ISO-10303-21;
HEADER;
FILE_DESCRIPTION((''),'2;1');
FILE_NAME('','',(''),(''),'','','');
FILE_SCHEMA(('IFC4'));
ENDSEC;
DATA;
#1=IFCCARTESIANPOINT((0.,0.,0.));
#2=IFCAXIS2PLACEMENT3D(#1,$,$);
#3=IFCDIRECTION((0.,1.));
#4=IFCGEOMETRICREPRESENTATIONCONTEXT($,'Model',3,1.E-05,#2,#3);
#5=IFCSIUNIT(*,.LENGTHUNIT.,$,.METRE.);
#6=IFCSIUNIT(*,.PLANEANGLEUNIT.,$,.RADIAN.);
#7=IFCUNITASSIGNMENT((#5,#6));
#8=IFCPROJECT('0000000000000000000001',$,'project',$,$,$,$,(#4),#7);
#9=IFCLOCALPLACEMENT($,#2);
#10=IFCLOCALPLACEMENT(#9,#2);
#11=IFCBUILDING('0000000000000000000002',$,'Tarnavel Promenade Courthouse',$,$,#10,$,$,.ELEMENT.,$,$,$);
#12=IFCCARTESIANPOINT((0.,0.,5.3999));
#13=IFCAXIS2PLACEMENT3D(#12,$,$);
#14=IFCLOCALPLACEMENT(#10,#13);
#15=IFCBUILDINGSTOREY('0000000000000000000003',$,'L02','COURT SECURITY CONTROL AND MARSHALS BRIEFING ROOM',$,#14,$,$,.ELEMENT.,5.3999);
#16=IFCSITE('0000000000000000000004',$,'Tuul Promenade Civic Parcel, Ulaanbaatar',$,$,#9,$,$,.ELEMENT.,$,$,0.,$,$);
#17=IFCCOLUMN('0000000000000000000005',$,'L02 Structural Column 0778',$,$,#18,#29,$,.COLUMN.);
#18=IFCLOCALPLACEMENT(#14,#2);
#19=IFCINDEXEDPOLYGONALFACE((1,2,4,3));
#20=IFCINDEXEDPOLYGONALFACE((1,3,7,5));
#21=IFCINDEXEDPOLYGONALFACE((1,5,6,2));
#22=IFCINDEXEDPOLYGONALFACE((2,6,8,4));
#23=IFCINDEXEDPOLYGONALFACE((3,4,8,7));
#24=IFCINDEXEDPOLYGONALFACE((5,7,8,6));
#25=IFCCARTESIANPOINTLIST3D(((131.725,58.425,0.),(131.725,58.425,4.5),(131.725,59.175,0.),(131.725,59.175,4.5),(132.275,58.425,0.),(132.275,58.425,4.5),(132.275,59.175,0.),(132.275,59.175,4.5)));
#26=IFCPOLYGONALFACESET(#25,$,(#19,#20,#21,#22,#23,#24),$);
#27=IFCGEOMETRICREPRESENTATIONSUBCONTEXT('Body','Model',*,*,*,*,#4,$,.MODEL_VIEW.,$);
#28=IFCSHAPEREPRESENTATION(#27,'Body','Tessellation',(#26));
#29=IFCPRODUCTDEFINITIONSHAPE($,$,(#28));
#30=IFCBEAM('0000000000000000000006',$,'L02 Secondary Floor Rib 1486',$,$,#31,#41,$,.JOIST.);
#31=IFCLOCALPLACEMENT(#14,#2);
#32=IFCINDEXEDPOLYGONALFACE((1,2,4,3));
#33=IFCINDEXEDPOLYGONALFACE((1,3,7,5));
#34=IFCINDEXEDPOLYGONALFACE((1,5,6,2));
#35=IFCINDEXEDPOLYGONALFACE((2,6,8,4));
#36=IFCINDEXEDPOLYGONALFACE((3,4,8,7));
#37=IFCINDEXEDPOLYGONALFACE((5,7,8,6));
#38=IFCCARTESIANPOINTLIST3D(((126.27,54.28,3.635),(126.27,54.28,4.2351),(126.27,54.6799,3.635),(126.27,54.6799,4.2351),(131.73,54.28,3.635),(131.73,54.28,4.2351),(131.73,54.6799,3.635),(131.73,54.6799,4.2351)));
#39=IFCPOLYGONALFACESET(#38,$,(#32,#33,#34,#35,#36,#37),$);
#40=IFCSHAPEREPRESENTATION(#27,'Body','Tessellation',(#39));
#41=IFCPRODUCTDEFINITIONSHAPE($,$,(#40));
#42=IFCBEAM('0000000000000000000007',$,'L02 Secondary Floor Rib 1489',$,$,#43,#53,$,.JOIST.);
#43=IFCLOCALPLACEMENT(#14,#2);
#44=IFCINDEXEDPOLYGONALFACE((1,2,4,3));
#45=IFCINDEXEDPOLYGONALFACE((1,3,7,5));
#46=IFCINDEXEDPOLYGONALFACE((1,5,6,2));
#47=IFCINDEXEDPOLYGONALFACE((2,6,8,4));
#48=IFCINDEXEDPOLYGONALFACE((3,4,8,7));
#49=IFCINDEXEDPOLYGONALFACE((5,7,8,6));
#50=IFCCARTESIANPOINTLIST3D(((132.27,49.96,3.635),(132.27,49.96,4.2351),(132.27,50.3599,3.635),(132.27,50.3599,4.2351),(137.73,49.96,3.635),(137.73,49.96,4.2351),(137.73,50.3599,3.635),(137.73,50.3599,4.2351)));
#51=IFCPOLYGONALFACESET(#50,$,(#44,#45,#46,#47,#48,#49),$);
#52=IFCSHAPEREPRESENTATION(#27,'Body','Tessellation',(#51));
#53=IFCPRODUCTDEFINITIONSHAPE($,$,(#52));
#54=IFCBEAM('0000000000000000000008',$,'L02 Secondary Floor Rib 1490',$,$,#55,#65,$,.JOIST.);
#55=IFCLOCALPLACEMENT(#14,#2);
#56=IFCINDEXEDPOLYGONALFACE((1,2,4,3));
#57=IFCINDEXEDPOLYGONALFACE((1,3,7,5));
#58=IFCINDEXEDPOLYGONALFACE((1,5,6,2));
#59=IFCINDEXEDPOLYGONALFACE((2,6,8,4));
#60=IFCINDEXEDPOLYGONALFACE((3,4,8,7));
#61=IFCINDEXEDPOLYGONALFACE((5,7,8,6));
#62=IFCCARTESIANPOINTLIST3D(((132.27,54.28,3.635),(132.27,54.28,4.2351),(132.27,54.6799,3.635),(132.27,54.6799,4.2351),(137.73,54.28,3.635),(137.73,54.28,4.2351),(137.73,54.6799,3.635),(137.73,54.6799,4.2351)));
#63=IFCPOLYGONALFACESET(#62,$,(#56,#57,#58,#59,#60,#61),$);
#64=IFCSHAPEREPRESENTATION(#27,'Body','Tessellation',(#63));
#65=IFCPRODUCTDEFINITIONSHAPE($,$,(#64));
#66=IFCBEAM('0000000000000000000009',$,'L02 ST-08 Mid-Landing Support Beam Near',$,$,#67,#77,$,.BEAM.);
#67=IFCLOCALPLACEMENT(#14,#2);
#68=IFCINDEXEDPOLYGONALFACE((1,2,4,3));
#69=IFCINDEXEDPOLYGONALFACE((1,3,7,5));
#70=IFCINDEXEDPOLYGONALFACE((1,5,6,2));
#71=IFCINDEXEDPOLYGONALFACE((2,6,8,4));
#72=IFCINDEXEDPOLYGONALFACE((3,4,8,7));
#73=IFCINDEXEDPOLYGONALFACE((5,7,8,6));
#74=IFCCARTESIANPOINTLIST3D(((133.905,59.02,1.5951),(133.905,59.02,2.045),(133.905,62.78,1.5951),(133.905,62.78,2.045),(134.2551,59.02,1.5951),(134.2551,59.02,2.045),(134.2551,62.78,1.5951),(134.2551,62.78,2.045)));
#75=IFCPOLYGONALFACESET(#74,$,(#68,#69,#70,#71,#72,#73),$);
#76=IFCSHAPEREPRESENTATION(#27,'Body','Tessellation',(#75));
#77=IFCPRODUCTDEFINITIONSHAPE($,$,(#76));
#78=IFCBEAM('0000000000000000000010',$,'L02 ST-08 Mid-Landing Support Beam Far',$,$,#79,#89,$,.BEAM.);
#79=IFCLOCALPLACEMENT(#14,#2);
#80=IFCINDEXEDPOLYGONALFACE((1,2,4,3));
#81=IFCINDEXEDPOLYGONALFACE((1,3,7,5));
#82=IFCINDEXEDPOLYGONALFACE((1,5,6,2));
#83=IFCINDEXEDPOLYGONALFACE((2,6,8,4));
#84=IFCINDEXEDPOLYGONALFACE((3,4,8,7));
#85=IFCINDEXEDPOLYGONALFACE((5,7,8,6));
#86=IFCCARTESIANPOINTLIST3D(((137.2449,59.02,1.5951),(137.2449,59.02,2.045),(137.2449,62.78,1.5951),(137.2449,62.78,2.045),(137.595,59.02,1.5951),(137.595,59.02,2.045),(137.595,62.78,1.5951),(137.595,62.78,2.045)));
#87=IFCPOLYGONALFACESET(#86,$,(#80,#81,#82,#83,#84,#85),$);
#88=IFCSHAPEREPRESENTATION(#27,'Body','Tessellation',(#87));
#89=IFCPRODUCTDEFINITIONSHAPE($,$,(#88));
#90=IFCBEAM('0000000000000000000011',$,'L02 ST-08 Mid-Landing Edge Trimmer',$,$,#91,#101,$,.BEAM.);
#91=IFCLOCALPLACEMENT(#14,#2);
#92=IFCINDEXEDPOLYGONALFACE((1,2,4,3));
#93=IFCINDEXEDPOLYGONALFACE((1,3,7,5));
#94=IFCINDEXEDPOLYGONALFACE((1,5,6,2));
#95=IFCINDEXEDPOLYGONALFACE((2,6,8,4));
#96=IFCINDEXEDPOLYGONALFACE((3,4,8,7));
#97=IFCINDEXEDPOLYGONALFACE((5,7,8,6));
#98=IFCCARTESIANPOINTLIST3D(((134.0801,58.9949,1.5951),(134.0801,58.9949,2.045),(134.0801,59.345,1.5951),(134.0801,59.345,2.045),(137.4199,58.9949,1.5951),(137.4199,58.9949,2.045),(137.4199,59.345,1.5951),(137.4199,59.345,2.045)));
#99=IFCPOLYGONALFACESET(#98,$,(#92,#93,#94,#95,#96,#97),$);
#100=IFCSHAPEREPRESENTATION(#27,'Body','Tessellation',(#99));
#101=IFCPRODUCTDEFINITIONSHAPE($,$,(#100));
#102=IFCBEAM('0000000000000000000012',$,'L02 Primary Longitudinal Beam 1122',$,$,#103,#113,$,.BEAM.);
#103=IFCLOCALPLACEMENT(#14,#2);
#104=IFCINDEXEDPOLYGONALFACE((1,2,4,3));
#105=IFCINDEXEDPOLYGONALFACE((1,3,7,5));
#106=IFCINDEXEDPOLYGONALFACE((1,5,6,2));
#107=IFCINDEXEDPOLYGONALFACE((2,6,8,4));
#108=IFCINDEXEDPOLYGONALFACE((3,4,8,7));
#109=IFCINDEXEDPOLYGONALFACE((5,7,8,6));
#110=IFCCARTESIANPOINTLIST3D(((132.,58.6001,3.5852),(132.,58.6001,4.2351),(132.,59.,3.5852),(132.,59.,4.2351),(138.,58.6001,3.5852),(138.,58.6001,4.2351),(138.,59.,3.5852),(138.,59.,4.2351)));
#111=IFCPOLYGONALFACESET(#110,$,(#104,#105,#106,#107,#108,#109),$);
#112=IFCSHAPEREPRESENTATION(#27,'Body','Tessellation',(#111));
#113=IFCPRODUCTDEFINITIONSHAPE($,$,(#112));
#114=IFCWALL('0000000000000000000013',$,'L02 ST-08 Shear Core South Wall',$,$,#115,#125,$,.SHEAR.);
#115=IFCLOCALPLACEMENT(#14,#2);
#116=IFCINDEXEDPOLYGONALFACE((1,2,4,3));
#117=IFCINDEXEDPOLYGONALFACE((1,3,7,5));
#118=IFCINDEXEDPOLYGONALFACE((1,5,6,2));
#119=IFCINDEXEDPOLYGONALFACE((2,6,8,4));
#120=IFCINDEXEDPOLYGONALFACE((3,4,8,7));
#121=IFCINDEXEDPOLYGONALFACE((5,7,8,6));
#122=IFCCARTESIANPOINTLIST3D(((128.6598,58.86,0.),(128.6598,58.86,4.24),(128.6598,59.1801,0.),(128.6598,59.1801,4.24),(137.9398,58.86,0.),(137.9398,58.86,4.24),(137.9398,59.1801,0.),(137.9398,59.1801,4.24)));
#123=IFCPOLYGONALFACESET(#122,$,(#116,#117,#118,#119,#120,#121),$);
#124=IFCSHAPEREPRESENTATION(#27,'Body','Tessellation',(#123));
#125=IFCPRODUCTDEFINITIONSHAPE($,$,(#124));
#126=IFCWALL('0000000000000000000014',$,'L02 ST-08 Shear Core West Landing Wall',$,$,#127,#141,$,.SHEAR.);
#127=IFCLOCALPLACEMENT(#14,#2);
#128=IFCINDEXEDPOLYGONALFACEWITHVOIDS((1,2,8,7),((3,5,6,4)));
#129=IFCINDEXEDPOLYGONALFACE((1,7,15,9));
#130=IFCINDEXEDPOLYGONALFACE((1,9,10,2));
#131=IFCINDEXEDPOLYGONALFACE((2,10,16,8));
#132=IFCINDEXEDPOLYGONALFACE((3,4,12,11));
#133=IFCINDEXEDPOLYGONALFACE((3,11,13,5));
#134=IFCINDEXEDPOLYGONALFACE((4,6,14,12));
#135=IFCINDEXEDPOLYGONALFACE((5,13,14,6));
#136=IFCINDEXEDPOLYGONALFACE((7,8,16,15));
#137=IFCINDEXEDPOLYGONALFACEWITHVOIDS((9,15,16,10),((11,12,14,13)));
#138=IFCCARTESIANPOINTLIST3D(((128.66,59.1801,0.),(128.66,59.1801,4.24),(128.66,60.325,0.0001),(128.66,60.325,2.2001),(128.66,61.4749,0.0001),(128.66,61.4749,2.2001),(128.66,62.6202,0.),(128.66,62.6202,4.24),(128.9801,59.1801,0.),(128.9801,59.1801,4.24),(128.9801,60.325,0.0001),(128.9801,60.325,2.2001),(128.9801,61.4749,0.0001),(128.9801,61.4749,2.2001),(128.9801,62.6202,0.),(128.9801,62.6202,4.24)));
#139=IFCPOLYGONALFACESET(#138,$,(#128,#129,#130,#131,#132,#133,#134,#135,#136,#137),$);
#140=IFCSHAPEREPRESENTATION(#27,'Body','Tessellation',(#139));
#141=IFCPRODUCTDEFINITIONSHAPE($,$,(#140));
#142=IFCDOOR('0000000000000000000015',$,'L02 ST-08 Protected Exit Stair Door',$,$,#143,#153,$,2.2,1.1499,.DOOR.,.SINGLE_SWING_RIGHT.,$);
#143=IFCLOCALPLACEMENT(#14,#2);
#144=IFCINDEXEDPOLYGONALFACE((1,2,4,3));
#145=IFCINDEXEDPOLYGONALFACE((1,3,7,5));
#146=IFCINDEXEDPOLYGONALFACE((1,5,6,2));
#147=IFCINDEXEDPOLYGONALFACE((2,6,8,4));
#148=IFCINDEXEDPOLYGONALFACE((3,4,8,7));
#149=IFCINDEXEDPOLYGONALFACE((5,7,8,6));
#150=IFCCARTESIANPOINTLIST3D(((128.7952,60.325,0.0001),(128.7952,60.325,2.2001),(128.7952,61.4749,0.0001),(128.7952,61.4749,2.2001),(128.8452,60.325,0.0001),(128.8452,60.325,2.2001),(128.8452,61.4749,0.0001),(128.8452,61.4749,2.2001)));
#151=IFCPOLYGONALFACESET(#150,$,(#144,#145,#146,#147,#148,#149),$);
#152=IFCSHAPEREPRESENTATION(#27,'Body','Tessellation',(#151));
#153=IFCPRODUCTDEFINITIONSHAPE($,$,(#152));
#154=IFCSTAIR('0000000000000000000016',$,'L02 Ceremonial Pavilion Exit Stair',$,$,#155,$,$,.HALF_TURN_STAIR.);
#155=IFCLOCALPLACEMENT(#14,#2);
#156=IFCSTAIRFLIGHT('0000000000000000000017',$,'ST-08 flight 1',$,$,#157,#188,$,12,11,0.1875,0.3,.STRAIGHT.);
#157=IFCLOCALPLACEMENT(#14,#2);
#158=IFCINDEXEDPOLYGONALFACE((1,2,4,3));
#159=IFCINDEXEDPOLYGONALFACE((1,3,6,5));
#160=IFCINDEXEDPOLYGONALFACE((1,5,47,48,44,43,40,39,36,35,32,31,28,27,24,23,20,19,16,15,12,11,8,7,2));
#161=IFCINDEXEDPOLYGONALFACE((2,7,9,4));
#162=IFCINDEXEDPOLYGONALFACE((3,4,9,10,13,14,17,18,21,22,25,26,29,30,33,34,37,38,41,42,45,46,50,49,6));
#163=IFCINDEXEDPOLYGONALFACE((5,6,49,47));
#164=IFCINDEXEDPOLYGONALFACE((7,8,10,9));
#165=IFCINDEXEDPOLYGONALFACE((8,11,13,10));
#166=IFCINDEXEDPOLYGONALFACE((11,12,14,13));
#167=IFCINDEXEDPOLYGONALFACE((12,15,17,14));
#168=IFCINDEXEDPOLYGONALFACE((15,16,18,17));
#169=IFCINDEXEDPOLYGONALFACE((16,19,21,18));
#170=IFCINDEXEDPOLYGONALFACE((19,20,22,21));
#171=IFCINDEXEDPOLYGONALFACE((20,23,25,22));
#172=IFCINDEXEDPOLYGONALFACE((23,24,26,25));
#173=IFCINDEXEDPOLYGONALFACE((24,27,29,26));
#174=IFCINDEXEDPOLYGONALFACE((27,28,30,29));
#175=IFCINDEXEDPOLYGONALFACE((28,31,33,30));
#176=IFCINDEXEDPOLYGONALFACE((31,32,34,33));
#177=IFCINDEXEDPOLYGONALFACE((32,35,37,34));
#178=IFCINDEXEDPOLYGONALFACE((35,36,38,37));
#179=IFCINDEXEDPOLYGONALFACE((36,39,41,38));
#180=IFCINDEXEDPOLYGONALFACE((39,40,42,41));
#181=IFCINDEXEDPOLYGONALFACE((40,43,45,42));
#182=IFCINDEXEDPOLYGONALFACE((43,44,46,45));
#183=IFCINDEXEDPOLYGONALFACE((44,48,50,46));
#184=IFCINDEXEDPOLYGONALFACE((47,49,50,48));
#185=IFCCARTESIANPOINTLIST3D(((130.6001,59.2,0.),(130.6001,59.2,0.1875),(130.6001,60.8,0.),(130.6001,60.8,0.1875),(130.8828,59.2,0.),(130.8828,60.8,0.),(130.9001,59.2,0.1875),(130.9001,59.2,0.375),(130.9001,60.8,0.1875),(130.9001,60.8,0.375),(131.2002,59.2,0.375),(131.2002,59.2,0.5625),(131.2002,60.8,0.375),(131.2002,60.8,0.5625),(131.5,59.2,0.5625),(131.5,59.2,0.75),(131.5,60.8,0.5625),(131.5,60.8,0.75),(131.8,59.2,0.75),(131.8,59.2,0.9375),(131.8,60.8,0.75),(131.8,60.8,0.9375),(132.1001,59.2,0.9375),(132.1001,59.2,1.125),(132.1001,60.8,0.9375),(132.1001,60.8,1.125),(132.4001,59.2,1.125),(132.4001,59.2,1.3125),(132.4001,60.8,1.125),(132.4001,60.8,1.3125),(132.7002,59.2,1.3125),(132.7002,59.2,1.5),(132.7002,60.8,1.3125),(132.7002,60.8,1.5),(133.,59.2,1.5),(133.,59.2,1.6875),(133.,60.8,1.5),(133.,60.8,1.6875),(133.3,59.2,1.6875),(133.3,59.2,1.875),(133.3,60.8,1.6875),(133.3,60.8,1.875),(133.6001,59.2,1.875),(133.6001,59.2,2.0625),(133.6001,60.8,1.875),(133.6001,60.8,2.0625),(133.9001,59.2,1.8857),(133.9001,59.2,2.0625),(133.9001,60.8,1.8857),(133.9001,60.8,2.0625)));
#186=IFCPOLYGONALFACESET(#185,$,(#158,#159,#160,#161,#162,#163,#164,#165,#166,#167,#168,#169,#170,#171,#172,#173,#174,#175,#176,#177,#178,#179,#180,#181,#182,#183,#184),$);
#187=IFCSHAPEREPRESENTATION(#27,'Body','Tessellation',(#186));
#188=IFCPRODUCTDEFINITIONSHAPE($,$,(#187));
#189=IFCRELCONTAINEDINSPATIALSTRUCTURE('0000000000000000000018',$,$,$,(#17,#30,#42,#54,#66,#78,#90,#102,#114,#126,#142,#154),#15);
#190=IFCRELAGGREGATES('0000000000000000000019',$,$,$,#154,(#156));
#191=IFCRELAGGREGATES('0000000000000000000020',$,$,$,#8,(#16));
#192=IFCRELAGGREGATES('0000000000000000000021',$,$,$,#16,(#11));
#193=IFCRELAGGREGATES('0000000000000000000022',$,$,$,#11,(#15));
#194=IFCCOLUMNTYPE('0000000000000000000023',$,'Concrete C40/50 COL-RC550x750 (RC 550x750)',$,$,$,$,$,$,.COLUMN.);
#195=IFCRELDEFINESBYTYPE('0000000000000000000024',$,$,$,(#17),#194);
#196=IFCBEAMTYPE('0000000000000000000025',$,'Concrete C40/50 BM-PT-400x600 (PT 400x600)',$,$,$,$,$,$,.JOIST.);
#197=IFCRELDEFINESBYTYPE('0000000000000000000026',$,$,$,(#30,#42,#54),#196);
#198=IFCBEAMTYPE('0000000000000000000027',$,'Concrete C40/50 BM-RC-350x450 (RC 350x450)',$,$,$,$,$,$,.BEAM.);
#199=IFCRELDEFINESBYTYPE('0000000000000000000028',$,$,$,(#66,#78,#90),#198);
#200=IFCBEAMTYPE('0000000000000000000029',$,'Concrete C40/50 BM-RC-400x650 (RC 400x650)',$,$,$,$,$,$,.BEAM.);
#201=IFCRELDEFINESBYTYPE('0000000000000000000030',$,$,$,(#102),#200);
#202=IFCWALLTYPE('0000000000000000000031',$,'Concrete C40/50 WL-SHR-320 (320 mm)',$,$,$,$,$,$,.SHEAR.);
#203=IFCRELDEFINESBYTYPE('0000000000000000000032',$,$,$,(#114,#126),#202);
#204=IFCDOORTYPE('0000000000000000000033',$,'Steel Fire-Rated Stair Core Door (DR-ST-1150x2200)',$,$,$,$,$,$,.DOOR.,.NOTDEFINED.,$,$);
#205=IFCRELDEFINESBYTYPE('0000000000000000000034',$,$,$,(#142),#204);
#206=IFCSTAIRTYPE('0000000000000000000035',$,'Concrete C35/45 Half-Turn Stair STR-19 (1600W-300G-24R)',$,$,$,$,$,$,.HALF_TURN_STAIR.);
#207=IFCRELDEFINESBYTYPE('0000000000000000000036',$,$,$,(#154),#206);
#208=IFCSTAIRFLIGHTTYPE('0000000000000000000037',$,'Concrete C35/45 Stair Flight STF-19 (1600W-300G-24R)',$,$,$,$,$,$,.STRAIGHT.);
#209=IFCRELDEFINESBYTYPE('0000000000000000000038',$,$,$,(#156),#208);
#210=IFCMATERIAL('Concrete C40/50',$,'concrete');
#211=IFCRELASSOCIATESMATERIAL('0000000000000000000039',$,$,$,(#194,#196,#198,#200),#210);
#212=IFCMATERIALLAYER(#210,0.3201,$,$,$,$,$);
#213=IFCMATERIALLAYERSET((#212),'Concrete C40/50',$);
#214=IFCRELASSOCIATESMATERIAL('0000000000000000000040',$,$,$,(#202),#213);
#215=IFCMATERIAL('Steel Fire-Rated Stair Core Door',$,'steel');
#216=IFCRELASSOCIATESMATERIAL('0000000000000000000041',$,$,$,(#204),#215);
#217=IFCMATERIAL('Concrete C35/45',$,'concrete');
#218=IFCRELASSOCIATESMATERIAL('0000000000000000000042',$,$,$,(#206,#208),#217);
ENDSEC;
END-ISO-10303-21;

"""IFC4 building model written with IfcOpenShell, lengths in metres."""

from ifc_helpers import new_model, si_unit, direction, frame, frame_2d, origin, origin_2d, place, context, subcontext, project, spatial, polyline, rectangle, outline, extrude, material, layer, layer_set, material_profile, profile_set, type_object, element, fill, aggregate, save


model = new_model("IFC4")

# Units and contexts
model_context = context("Model", 3, precision=1e-05, world=origin(), true_north=direction((0.0, 1.0)))
body_context = subcontext(model_context, "Body", "Model", "MODEL_VIEW")
ifc_project = project(units=[si_unit("LENGTHUNIT", "METRE"), si_unit("PLANEANGLEUNIT", "RADIAN")], contexts=[model_context])

# Site, building, storey
site_placement = place(None, origin())
site = spatial("IfcSite", under=ifc_project, at=site_placement, Name="Tuul Promenade Civic Parcel, Ulaanbaatar", CompositionType="ELEMENT", RefElevation=0.0)
building_placement = place(site_placement, origin())
building = spatial("IfcBuilding", under=site, at=building_placement, Name="Tarnavel Promenade Courthouse", CompositionType="ELEMENT")
storey_placement = place(building_placement, frame((0.0, 0.0, 5.3999)))
storey = spatial("IfcBuildingStorey", under=building, at=storey_placement, Name="L02", Description="COURT SECURITY CONTROL AND MARSHALS BRIEFING ROOM", CompositionType="ELEMENT", Elevation=5.3999)

# Column
ifc_material_1 = material(Name="Concrete C40/50", Category="concrete")
ifc_material_profile_1 = material_profile(ifc_material_1, rectangle(XDim=0.55, YDim=0.75, at=origin_2d()), Name="RC 550x750")
ifc_profile_set_1 = profile_set([ifc_material_profile_1], Name="Concrete C40/50")
column_type = type_object("IfcColumnType", Name="Concrete C40/50 COL-RC550x750 (RC 550x750)", PredefinedType="COLUMN", material=ifc_profile_set_1)
column_placement = place(storey_placement, frame((132.0, 58.8, 0.0), z_axis=(0.0, 0.0, 1.0), x_axis=(1.0, 0.0, 0.0)))
element("IfcColumn", 1, at=column_placement, inside=storey, type_object=column_type, Name="L02 Structural Column 0778", PredefinedType="COLUMN", context=body_context, shape_type="SweptSolid", body=[
    extrude(rectangle(XDim=0.55, YDim=0.75, at=origin_2d()), origin(), (0.0, 0.0, 1.0), 4.5),
])

# Beams
ifc_material_profile_2 = material_profile(ifc_material_1, rectangle(XDim=0.3999, YDim=0.6001, at=origin_2d()), Name="PT 400x600")
ifc_profile_set_2 = profile_set([ifc_material_profile_2], Name="Concrete C40/50")
beam_type_1 = type_object("IfcBeamType", Name="Concrete C40/50 BM-PT-400x600 (PT 400x600)", PredefinedType="JOIST", material=ifc_profile_set_2)
for number, where, z_axis, x_axis, name in (
    (2, (126.27, 54.48, 3.9351), (1.0, 0.0, 0.0), (0.0, 1.0, 0.0), "L02 Secondary Floor Rib 1486"),
    (3, (132.27, 50.1599, 3.9351), (1.0, 0.0, 0.0), (0.0, 1.0, 0.0), "L02 Secondary Floor Rib 1489"),
    (4, (132.27, 54.48, 3.9351), (1.0, 0.0, 0.0), (0.0, 1.0, 0.0), "L02 Secondary Floor Rib 1490"),
):
    element("IfcBeam", number, at=place(storey_placement, frame(where, z_axis=z_axis, x_axis=x_axis)), inside=storey, type_object=beam_type_1, Name=name, PredefinedType="JOIST", context=body_context, shape_type="SweptSolid", body=[
        extrude(rectangle(XDim=0.3999, YDim=0.6001, at=origin_2d()), origin(), (0.0, 0.0, 1.0), 5.46),
    ])
ifc_material_profile_3 = material_profile(ifc_material_1, rectangle(XDim=0.3501, YDim=0.45, at=origin_2d()), Name="RC 350x450")
ifc_profile_set_3 = profile_set([ifc_material_profile_3], Name="Concrete C40/50")
beam_type_2 = type_object("IfcBeamType", Name="Concrete C40/50 BM-RC-350x450 (RC 350x450)", PredefinedType="BEAM", material=ifc_profile_set_3)
for number, where, z_axis, x_axis, name in (
    (5, (134.0801, 59.02, 1.8201), (0.0, 1.0, 0.0), (-1.0, 0.0, 0.0), "L02 ST-08 Mid-Landing Support Beam Near"),
    (6, (137.4199, 59.02, 1.8201), (0.0, 1.0, 0.0), (-1.0, 0.0, 0.0), "L02 ST-08 Mid-Landing Support Beam Far"),
):
    element("IfcBeam", number, at=place(storey_placement, frame(where, z_axis=z_axis, x_axis=x_axis)), inside=storey, type_object=beam_type_2, Name=name, PredefinedType="BEAM", context=body_context, shape_type="SweptSolid", body=[
        extrude(rectangle(XDim=0.3501, YDim=0.45, at=origin_2d()), origin(), (0.0, 0.0, 1.0), 3.76),
    ])
beam_1_placement = place(storey_placement, frame((134.0801, 59.1699, 1.8201), z_axis=(1.0, 0.0, 0.0), x_axis=(0.0, 1.0, 0.0)))
element("IfcBeam", 7, at=beam_1_placement, inside=storey, type_object=beam_type_2, Name="L02 ST-08 Mid-Landing Edge Trimmer", PredefinedType="BEAM", context=body_context, shape_type="SweptSolid", body=[
    extrude(rectangle(XDim=0.3501, YDim=0.45, at=origin_2d()), origin(), (0.0, 0.0, 1.0), 3.3398),
])
ifc_material_profile_4 = material_profile(ifc_material_1, rectangle(XDim=0.3999, YDim=0.6499, at=origin_2d()), Name="RC 400x650")
ifc_profile_set_4 = profile_set([ifc_material_profile_4], Name="Concrete C40/50")
beam_type_3 = type_object("IfcBeamType", Name="Concrete C40/50 BM-RC-400x650 (RC 400x650)", PredefinedType="BEAM", material=ifc_profile_set_4)
beam_2_placement = place(storey_placement, frame((132.0, 58.8, 3.9102), z_axis=(1.0, 0.0, 0.0), x_axis=(0.0, 1.0, 0.0)))
element("IfcBeam", 8, at=beam_2_placement, inside=storey, type_object=beam_type_3, Name="L02 Primary Longitudinal Beam 1122", PredefinedType="BEAM", context=body_context, shape_type="SweptSolid", body=[
    extrude(rectangle(XDim=0.3999, YDim=0.6499, at=origin_2d()), origin(), (0.0, 0.0, 1.0), 6.0),
])

# Wall
ifc_layer = layer(ifc_material_1, 0.3201)
ifc_layer_set = layer_set([ifc_layer], Name="Concrete C40/50")
wall_type = type_object("IfcWallType", Name="Concrete C40/50 WL-SHR-320 (320 mm)", PredefinedType="SHEAR", material=ifc_layer_set)
wall_1_placement = place(storey_placement, frame((137.9399, 59.02, 0.0), z_axis=(0.0, 0.0, 1.0), x_axis=(-1.0, 0.0, 0.0)))
element("IfcWall", 9, at=wall_1_placement, inside=storey, type_object=wall_type, Name="L02 ST-08 Shear Core South Wall", PredefinedType="SHEAR", context=body_context, shape_type="SweptSolid", body=[
    extrude(rectangle(XDim=9.28, YDim=0.3201, at=frame_2d((4.6401, 0.0))), origin(), (0.0, 0.0, 1.0), 4.24),
])

# Wall, opening, door
wall_2_placement = place(storey_placement, frame((128.8201, 59.1799, 0.0), z_axis=(0.0, 0.0, 1.0), x_axis=(0.0, 1.0, 0.0)))
wall_2 = element("IfcWall", 10, at=wall_2_placement, inside=storey, type_object=wall_type, Name="L02 ST-08 Shear Core West Landing Wall", PredefinedType="SHEAR", context=body_context, shape_type="SweptSolid", body=[
    extrude(rectangle(XDim=3.4402, YDim=0.3201, at=frame_2d((1.7202, 0.0))), origin(), (0.0, 0.0, 1.0), 4.24),
])
opening_placement = place(wall_2_placement, frame((1.145, 0.0, 0.0)))
opening = element("IfcOpeningElement", 11, at=opening_placement, cuts=wall_2, PredefinedType="OPENING", context=body_context, shape_type="SweptSolid", body=[
    extrude(rectangle(XDim=1.1499, YDim=2.2, at=frame_2d((0.575, 1.1001))), frame((0.0, 0.1699, 0.0), z_axis=(0.0, -1.0, 0.0), x_axis=(1.0, 0.0, 0.0)), (0.0, 0.0, 1.0), 0.3401),
])
ifc_material_2 = material(Name="Steel Fire-Rated Stair Core Door", Category="steel")
door_type = type_object("IfcDoorType", Name="Steel Fire-Rated Stair Core Door (DR-ST-1150x2200)", OperationType="NOTDEFINED", PredefinedType="DOOR", material=ifc_material_2)
door_placement = place(opening_placement, origin())
door = element("IfcDoor", 12, at=door_placement, inside=storey, type_object=door_type, Name="L02 ST-08 Protected Exit Stair Door", OperationType="SINGLE_SWING_RIGHT", OverallHeight=2.2, OverallWidth=1.1499, PredefinedType="DOOR", context=body_context, shape_type="SweptSolid", body=[
    extrude(rectangle(XDim=1.1499, YDim=2.2, at=frame_2d((0.575, 1.1001))), frame((0.0, 0.0249, 0.0), z_axis=(0.0, -1.0, 0.0), x_axis=(1.0, 0.0, 0.0)), (0.0, 0.0, 1.0), 0.05),
])
fill(opening, door)

# Stair, stair flight
ifc_material_3 = material(Name="Concrete C35/45", Category="concrete")
stair_type = type_object("IfcStairType", Name="Concrete C35/45 Half-Turn Stair STR-19 (1600W-300G-24R)", PredefinedType="HALF_TURN_STAIR", material=ifc_material_3)
stair_placement = place(storey_placement, origin())
stair = element("IfcStair", 13, at=stair_placement, inside=storey, type_object=stair_type, Name="L02 Ceremonial Pavilion Exit Stair", PredefinedType="HALF_TURN_STAIR")
stair_flight_type = type_object("IfcStairFlightType", Name="Concrete C35/45 Stair Flight STF-19 (1600W-300G-24R)", PredefinedType="STRAIGHT", material=ifc_material_3)
stair_flight_1_placement = place(storey_placement, frame((130.6001, 60.0, 0.0), z_axis=(0.0, 0.0, 1.0), x_axis=(1.0, 0.0, 0.0)))
stair_flight_1 = element("IfcStairFlight", 14, at=stair_flight_1_placement, type_object=stair_flight_type, Name="ST-08 flight 1", NumberOfRisers=12, NumberOfTreads=11, PredefinedType="STRAIGHT", RiserHeight=0.1875, TreadLength=0.3, context=body_context, shape_type="SweptSolid", body=[
    extrude(outline(polyline([(0.0, 0.0), (0.0, 0.1875), (0.3, 0.1875), (0.3, 0.375), (0.6001, 0.375), (0.6001, 0.5625), (0.8999, 0.5625), (0.8999, 0.75), (1.2, 0.75), (1.2, 0.9375), (1.5, 0.9375), (1.5, 1.125), (1.8, 1.125), (1.8, 1.3125), (2.1001, 1.3125), (2.1001, 1.5), (2.3999, 1.5), (2.3999, 1.6875), (2.7, 1.6875), (2.7, 1.875), (3.0, 1.875), (3.0, 2.0625), (3.3, 2.0625), (3.3, 2.25), (3.3, 1.8857), (0.2827, 0.0), (0.0, 0.0)])), frame((0.0, 0.8, 0.0), z_axis=(0.0, -1.0, 0.0), x_axis=(1.0, 0.0, 0.0)), (0.0, 0.0, 1.0), 1.6001),
])
aggregate(stair, [stair_flight_1])

save(model, "model.ifc")
